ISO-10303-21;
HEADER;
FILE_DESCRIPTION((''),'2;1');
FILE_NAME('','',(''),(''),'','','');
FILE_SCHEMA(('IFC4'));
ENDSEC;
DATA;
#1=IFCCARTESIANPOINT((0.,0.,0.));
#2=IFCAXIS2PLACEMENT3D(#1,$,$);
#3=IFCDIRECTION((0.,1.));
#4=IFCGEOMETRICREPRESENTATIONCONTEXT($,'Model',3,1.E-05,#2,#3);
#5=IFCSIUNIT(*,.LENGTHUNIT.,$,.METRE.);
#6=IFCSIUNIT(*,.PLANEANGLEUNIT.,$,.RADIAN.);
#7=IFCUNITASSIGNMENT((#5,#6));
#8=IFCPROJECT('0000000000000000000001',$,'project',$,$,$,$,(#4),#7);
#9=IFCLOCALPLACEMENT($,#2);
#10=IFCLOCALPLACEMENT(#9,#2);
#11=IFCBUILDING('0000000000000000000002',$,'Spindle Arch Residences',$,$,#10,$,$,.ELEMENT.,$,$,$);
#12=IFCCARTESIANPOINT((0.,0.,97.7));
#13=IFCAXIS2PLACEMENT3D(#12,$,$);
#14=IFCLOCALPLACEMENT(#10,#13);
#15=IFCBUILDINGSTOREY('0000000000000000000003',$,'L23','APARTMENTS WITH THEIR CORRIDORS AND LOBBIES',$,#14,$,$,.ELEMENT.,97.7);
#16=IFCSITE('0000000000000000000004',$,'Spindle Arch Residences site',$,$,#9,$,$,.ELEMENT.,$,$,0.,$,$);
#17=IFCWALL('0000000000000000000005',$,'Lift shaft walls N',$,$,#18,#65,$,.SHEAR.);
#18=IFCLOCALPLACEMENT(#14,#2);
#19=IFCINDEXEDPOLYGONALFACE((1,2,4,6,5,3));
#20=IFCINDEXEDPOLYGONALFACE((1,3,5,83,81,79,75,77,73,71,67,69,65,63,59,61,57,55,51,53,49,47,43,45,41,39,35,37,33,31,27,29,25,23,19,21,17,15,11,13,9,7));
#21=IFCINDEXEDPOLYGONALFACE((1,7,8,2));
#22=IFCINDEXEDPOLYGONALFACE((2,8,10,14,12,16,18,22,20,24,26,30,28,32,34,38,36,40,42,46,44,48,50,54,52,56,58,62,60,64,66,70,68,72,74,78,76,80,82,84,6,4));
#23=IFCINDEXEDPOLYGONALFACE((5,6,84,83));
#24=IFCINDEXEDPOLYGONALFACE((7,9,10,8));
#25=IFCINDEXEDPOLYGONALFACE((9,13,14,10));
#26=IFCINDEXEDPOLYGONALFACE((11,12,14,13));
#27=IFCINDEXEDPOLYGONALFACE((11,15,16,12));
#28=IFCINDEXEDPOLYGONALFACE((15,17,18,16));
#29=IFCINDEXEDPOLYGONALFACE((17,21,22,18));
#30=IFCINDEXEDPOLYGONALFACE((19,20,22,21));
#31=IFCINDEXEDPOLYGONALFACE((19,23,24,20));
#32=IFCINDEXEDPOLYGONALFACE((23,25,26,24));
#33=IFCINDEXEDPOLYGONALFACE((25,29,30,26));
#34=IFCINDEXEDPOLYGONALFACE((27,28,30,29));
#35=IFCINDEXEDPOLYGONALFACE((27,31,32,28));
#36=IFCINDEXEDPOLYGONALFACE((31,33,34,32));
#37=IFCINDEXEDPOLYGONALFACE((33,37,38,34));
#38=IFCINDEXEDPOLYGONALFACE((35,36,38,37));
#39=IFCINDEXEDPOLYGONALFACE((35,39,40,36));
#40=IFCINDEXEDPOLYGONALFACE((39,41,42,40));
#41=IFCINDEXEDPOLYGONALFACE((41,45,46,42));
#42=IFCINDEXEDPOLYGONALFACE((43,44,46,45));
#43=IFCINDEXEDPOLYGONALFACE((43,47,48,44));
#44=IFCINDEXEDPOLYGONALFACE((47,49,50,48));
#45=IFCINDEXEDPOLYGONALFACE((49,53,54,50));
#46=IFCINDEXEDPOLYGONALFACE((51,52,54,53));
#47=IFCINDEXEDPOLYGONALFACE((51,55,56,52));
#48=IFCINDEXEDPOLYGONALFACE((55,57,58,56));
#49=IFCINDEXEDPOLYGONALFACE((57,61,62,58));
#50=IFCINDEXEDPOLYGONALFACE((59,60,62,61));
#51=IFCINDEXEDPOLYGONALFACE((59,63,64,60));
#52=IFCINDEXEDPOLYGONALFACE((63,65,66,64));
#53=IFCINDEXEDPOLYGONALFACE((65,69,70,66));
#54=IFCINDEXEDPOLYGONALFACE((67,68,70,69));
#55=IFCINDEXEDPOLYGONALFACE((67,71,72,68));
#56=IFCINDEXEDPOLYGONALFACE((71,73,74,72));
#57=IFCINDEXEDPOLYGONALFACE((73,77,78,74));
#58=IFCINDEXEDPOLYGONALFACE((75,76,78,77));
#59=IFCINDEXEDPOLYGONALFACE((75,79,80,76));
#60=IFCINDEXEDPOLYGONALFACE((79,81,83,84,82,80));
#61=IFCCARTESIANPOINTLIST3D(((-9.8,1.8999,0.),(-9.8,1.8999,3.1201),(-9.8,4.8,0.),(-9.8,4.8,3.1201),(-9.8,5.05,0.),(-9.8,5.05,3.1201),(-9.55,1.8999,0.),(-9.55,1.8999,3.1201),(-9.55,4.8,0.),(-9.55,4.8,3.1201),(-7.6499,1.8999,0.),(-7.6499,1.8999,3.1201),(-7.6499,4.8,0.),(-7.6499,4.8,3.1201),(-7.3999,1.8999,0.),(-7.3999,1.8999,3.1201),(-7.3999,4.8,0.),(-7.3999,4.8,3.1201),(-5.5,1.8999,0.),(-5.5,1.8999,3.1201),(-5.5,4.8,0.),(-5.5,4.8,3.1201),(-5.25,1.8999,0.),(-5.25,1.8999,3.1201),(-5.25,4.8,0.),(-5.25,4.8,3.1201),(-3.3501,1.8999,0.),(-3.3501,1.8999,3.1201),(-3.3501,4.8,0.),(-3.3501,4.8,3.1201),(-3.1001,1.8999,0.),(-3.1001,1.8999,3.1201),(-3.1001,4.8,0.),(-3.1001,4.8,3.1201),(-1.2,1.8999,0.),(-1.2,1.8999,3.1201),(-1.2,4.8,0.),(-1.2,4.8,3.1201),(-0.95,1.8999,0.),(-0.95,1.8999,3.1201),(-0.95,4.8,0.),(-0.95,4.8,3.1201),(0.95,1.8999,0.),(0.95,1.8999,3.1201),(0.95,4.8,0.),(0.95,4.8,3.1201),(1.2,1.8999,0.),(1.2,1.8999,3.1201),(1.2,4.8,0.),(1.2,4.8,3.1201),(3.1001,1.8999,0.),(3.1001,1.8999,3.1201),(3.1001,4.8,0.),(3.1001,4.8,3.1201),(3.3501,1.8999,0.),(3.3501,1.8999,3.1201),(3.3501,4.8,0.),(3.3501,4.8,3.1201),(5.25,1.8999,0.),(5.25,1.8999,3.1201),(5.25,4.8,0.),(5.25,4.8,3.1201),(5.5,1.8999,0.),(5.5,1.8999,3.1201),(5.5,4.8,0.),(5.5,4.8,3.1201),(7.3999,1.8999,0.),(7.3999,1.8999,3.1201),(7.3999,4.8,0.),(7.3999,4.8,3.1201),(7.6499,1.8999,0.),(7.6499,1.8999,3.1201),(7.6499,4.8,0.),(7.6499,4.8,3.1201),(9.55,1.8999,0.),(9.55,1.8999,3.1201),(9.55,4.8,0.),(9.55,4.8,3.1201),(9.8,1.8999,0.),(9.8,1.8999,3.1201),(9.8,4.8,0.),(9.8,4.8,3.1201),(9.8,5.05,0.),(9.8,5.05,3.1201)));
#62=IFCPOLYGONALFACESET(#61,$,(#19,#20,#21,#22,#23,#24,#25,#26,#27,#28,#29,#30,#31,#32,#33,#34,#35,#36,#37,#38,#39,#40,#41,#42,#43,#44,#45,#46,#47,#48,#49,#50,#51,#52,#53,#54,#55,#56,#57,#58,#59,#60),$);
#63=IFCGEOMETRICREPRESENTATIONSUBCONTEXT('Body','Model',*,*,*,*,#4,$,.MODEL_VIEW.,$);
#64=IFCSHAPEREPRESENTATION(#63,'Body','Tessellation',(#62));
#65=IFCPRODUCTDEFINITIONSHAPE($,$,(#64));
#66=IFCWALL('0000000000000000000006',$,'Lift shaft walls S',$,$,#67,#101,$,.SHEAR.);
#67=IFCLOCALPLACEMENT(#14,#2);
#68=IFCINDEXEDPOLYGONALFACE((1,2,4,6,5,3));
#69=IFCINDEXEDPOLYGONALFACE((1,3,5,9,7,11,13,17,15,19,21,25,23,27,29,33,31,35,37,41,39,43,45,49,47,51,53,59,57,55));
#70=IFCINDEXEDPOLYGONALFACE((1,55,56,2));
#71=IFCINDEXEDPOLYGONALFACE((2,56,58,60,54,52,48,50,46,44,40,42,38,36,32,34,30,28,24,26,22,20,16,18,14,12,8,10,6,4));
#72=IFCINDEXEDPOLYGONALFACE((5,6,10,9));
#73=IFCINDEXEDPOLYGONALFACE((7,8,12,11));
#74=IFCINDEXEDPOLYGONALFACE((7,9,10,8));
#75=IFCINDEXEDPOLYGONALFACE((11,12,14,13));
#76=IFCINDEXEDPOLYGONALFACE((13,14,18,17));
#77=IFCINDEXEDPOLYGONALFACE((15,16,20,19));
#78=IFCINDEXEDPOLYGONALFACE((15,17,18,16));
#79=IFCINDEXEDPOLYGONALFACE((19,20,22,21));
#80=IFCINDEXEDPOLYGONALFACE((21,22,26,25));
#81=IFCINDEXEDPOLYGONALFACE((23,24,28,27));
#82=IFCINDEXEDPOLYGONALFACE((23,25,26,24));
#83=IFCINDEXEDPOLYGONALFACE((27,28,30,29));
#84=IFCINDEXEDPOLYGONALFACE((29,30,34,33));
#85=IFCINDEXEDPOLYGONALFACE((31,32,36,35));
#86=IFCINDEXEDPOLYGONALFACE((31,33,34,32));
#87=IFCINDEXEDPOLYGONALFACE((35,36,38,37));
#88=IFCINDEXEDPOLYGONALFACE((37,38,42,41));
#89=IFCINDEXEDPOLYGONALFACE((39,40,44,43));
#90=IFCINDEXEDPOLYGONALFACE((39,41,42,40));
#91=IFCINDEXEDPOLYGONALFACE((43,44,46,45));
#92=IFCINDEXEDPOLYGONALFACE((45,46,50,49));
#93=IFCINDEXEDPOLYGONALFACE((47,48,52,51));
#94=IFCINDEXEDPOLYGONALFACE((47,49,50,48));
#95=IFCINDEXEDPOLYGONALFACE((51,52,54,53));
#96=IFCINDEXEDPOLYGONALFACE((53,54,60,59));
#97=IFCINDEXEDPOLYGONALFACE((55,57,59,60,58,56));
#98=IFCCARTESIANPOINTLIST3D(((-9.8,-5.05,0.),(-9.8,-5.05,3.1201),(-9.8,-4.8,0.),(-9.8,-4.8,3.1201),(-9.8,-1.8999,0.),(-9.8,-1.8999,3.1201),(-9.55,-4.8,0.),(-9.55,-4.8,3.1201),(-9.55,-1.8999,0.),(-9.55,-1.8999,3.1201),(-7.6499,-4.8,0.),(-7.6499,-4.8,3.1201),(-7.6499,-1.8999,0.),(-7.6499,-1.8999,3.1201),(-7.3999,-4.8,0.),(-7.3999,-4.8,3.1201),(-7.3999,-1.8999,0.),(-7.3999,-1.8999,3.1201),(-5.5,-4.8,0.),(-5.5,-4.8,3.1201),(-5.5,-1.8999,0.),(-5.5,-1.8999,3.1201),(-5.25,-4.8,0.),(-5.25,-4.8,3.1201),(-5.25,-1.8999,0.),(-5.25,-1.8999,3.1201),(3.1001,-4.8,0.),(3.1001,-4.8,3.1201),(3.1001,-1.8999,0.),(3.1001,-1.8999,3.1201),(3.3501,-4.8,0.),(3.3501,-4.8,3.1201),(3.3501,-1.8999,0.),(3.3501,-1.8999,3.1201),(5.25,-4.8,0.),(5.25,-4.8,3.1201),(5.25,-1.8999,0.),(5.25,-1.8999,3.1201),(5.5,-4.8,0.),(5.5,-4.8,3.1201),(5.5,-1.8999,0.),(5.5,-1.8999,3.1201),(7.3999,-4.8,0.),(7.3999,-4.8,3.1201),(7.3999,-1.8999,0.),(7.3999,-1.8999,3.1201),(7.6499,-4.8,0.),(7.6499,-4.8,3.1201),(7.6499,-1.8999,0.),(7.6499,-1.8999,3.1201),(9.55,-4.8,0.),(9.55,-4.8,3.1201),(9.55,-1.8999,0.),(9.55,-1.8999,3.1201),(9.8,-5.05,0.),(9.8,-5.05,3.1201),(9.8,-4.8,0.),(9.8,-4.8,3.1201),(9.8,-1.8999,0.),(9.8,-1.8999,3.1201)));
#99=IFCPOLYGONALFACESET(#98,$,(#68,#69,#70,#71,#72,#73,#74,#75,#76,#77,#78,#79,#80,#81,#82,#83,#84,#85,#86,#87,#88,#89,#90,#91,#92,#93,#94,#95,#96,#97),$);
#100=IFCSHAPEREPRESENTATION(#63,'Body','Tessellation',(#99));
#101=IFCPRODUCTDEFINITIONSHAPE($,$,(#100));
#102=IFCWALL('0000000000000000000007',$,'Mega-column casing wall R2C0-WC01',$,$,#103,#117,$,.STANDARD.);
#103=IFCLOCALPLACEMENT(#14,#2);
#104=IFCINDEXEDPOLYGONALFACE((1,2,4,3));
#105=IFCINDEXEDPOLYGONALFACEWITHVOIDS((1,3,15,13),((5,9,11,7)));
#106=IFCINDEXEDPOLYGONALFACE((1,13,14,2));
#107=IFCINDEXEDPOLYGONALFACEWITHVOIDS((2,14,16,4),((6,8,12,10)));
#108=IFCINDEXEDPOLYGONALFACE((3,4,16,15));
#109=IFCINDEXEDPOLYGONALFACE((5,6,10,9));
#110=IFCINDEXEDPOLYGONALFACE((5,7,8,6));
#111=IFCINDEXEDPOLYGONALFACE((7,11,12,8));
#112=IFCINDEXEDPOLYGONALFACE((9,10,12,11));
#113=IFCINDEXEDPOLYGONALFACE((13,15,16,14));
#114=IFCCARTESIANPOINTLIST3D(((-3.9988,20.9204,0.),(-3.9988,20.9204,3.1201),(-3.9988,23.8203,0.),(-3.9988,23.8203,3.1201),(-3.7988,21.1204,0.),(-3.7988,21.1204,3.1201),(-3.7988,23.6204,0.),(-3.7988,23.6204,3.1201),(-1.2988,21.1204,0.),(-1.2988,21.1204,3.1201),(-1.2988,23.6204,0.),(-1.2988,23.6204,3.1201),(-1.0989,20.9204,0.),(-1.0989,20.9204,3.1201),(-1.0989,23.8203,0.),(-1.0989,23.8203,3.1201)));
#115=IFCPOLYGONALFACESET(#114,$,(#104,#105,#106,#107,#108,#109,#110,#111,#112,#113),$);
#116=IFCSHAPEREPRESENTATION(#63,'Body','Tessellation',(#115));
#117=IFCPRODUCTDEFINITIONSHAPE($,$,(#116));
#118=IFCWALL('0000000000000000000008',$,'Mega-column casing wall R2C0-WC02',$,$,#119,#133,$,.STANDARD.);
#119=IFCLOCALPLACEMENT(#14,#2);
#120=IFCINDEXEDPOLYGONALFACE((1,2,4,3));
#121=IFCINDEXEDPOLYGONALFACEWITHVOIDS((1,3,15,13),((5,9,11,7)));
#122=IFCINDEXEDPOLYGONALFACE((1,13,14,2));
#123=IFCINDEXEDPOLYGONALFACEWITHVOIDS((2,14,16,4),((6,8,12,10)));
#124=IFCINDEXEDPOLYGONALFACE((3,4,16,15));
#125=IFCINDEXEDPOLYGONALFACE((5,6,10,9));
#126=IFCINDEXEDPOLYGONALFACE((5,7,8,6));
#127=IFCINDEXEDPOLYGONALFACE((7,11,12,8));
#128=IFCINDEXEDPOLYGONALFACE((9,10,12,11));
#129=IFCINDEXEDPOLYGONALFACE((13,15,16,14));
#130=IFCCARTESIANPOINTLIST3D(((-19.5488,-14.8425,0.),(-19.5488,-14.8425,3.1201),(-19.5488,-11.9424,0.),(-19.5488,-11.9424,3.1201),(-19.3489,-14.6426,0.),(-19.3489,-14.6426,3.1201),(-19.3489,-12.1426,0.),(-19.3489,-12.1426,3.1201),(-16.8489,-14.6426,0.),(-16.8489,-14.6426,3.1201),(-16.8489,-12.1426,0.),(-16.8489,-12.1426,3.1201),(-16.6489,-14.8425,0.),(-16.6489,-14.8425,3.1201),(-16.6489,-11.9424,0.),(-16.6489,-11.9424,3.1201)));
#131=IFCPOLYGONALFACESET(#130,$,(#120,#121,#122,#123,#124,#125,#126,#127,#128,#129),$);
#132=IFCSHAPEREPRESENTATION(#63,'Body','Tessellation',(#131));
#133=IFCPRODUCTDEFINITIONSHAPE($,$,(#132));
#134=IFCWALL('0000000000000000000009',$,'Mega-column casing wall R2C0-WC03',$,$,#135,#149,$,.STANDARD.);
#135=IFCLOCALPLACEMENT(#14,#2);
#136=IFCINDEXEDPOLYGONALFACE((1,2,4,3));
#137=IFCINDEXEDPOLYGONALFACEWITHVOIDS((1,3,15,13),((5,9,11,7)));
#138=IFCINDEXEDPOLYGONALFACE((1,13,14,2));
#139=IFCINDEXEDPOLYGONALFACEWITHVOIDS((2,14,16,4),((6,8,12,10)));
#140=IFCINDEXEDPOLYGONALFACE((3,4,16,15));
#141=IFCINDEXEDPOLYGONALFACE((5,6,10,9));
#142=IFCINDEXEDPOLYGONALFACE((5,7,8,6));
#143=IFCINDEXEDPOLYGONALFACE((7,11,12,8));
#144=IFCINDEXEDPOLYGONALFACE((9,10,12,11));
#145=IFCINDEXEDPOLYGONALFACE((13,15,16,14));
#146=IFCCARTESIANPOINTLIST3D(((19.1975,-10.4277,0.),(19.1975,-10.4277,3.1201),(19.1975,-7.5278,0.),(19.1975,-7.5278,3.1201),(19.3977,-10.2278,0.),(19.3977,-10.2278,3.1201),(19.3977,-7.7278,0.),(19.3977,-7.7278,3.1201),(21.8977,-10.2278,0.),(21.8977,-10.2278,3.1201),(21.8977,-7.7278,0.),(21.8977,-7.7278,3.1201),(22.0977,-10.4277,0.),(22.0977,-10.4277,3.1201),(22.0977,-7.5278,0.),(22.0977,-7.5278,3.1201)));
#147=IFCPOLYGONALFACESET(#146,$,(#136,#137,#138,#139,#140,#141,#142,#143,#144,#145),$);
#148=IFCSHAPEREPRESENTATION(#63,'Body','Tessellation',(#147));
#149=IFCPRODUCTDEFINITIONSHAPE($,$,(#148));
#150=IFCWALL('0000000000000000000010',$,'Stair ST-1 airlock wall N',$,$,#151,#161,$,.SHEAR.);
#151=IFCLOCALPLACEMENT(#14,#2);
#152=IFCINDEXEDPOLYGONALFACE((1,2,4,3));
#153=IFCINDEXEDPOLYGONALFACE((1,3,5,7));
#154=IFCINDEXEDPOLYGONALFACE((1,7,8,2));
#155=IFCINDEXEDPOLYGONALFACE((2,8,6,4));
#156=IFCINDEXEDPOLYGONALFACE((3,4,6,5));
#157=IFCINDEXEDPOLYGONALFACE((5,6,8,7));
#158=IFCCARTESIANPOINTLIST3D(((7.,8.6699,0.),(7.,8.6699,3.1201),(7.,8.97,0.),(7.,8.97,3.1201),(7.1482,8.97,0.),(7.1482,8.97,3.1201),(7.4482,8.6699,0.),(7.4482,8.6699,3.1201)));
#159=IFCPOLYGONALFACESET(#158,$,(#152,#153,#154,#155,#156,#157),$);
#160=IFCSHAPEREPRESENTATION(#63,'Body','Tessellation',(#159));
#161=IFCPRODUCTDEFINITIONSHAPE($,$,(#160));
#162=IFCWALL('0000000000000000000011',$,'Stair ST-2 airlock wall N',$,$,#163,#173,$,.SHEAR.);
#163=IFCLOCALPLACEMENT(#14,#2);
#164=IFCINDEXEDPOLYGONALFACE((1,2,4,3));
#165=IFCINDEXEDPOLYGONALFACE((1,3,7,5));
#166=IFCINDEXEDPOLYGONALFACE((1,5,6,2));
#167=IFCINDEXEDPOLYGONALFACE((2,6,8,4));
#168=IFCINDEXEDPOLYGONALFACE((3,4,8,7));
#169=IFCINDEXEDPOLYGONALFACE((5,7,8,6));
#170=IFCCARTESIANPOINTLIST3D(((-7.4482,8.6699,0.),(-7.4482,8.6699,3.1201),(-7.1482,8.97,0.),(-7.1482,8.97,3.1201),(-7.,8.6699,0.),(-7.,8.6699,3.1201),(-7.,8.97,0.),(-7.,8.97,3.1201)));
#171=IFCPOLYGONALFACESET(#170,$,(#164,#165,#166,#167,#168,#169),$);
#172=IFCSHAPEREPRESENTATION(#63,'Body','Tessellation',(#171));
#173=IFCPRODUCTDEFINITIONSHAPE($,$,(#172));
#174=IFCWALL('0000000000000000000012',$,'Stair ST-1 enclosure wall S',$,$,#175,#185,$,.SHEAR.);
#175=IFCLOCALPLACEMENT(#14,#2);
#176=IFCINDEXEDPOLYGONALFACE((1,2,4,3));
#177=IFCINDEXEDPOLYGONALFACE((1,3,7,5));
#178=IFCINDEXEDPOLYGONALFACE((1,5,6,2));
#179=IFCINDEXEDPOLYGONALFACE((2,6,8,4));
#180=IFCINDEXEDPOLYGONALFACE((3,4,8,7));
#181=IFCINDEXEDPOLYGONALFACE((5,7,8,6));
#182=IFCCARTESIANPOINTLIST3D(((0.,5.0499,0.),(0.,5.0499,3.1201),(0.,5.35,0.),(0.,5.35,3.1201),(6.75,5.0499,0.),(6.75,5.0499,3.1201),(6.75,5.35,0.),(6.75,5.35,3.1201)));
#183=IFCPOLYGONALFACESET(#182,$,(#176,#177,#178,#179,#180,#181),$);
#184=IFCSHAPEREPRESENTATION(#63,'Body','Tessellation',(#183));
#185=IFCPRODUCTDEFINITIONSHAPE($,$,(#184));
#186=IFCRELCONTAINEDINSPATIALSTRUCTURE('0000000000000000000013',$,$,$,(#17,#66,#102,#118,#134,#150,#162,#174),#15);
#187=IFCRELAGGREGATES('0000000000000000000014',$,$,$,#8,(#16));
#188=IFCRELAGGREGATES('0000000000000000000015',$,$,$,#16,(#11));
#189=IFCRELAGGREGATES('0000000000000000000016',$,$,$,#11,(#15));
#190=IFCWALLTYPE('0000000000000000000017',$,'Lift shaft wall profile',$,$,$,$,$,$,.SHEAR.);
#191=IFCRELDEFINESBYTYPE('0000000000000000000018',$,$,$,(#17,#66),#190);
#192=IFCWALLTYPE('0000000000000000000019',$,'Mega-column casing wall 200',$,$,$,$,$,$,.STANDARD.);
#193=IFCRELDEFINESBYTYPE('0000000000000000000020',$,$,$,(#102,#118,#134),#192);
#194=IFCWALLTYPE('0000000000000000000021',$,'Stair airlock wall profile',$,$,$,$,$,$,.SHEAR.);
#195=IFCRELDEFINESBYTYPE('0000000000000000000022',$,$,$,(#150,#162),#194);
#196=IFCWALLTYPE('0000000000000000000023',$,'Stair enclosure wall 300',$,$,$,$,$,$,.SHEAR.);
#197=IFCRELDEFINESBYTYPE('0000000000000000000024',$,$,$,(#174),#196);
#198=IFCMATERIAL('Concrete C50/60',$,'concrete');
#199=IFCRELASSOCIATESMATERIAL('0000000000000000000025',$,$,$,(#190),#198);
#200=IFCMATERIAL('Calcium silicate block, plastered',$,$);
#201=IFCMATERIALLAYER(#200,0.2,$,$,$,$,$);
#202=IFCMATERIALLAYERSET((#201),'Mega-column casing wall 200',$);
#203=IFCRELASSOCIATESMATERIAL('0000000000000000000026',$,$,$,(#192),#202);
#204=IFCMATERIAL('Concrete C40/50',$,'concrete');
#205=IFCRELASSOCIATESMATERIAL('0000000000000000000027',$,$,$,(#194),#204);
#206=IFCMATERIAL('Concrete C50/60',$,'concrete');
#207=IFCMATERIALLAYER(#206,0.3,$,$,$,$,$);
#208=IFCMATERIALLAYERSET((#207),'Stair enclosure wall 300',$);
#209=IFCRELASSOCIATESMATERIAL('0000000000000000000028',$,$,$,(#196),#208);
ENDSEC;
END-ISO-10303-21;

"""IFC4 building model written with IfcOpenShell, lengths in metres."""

from ifc_helpers import new_model, si_unit, direction, frame, frame_2d, origin, place, context, subcontext, project, spatial, polyline, rectangle, outline, extrude, material, layer, layer_set, type_object, element, save


model = new_model("IFC4")

# Units and contexts
model_context = context("Model", 3, precision=1e-05, world=origin(), true_north=direction((0.0, 1.0)))
body_context = subcontext(model_context, "Body", "Model", "MODEL_VIEW")
ifc_project = project(units=[si_unit("LENGTHUNIT", "METRE"), si_unit("PLANEANGLEUNIT", "RADIAN")], contexts=[model_context])

# Site, building, storey
site_placement = place(None, origin())
site = spatial("IfcSite", under=ifc_project, at=site_placement, Name="Spindle Arch Residences site", CompositionType="ELEMENT", RefElevation=0.0)
building_placement = place(site_placement, origin())
building = spatial("IfcBuilding", under=site, at=building_placement, Name="Spindle Arch Residences", CompositionType="ELEMENT")
storey_placement = place(building_placement, frame((0.0, 0.0, 97.7)))
storey = spatial("IfcBuildingStorey", under=building, at=storey_placement, Name="L23", Description="APARTMENTS WITH THEIR CORRIDORS AND LOBBIES", CompositionType="ELEMENT", Elevation=97.7)

# Walls
ifc_material_1 = material(Name="Concrete C50/60", Category="concrete")
wall_type_1 = type_object("IfcWallType", Name="Lift shaft wall profile", PredefinedType="SHEAR", material=ifc_material_1)
wall_1_placement = place(storey_placement, origin())
element("IfcWall", 1, at=wall_1_placement, inside=storey, type_object=wall_type_1, Name="Lift shaft walls N", PredefinedType="SHEAR", context=body_context, shape_type="SweptSolid", body=[
    extrude(outline(polyline([(-9.55, 4.8), (-7.6499, 4.8), (-7.6499, 1.8999), (-7.3999, 1.8999), (-7.3999, 4.8), (-5.5, 4.8), (-5.5, 1.8999), (-5.25, 1.8999), (-5.25, 4.8), (-3.3501, 4.8), (-3.3501, 1.8999), (-3.1001, 1.8999), (-3.1001, 4.8), (-1.2, 4.8), (-1.2, 1.8999), (-0.95, 1.8999), (-0.95, 4.8), (0.95, 4.8), (0.95, 1.8999), (1.2, 1.8999), (1.2, 4.8), (3.1001, 4.8), (3.1001, 1.8999), (3.3501, 1.8999), (3.3501, 4.8), (5.25, 4.8), (5.25, 1.8999), (5.5, 1.8999), (5.5, 4.8), (7.3999, 4.8), (7.3999, 1.8999), (7.6499, 1.8999), (7.6499, 4.8), (9.55, 4.8), (9.55, 1.8999), (9.8, 1.8999), (9.8, 4.8), (9.8, 5.05), (-9.8, 5.05), (-9.8, 4.8), (-9.8, 1.8999), (-9.55, 1.8999), (-9.55, 4.8)])), origin(), (0.0, 0.0, 1.0), 3.1201),
])
wall_2_placement = place(storey_placement, origin())
element("IfcWall", 2, at=wall_2_placement, inside=storey, type_object=wall_type_1, Name="Lift shaft walls S", PredefinedType="SHEAR", context=body_context, shape_type="SweptSolid", body=[
    extrude(outline(polyline([(9.8, -5.05), (9.8, -4.8), (9.8, -1.8999), (9.55, -1.8999), (9.55, -4.8), (7.6499, -4.8), (7.6499, -1.8999), (7.3999, -1.8999), (7.3999, -4.8), (5.5, -4.8), (5.5, -1.8999), (5.25, -1.8999), (5.25, -4.8), (3.3501, -4.8), (3.3501, -1.8999), (3.1001, -1.8999), (3.1001, -4.8), (-5.25, -4.8), (-5.25, -1.8999), (-5.5, -1.8999), (-5.5, -4.8), (-7.3999, -4.8), (-7.3999, -1.8999), (-7.6499, -1.8999), (-7.6499, -4.8), (-9.55, -4.8), (-9.55, -1.8999), (-9.8, -1.8999), (-9.8, -4.8), (-9.8, -5.05), (9.8, -5.05)])), origin(), (0.0, 0.0, 1.0), 3.1201),
])
ifc_material_2 = material(Name="Calcium silicate block, plastered")
ifc_layer_1 = layer(ifc_material_2, 0.2)
ifc_layer_set_1 = layer_set([ifc_layer_1], Name="Mega-column casing wall 200")
wall_type_2 = type_object("IfcWallType", Name="Mega-column casing wall 200", PredefinedType="STANDARD", material=ifc_layer_set_1)
wall_3_placement = place(storey_placement, origin())
element("IfcWall", 3, at=wall_3_placement, inside=storey, type_object=wall_type_2, Name="Mega-column casing wall R2C0-WC01", PredefinedType="STANDARD", context=body_context, shape_type="SweptSolid", body=[
    extrude(outline(polyline([(-1.0989, 23.8203), (-1.0989, 20.9204), (-3.9988, 20.9204), (-3.9988, 23.8203), (-1.0989, 23.8203)]), holes=[polyline([(-3.7988, 21.1204), (-1.2988, 21.1204), (-1.2988, 23.6204), (-3.7988, 23.6204), (-3.7988, 21.1204)])]), origin(), (0.0, 0.0, 1.0), 3.1201),
])
wall_4_placement = place(storey_placement, origin())
element("IfcWall", 4, at=wall_4_placement, inside=storey, type_object=wall_type_2, Name="Mega-column casing wall R2C0-WC02", PredefinedType="STANDARD", context=body_context, shape_type="SweptSolid", body=[
    extrude(outline(polyline([(-16.6489, -11.9424), (-16.6489, -14.8425), (-19.5488, -14.8425), (-19.5488, -11.9424), (-16.6489, -11.9424)]), holes=[polyline([(-19.3489, -14.6426), (-16.8489, -14.6426), (-16.8489, -12.1426), (-19.3489, -12.1426), (-19.3489, -14.6426)])]), origin(), (0.0, 0.0, 1.0), 3.1201),
])
wall_5_placement = place(storey_placement, origin())
element("IfcWall", 5, at=wall_5_placement, inside=storey, type_object=wall_type_2, Name="Mega-column casing wall R2C0-WC03", PredefinedType="STANDARD", context=body_context, shape_type="SweptSolid", body=[
    extrude(outline(polyline([(22.0977, -7.5278), (22.0977, -10.4277), (19.1975, -10.4277), (19.1975, -7.5278), (22.0977, -7.5278)]), holes=[polyline([(19.3977, -10.2278), (21.8977, -10.2278), (21.8977, -7.7278), (19.3977, -7.7278), (19.3977, -10.2278)])]), origin(), (0.0, 0.0, 1.0), 3.1201),
])
ifc_material_3 = material(Name="Concrete C40/50", Category="concrete")
wall_type_3 = type_object("IfcWallType", Name="Stair airlock wall profile", PredefinedType="SHEAR", material=ifc_material_3)
wall_6_placement = place(storey_placement, origin())
element("IfcWall", 6, at=wall_6_placement, inside=storey, type_object=wall_type_3, Name="Stair ST-1 airlock wall N", PredefinedType="SHEAR", context=body_context, shape_type="SweptSolid", body=[
    extrude(outline(polyline([(7.4482, 8.6699), (7.0, 8.6699), (7.0, 8.97), (7.1482, 8.97), (7.4482, 8.6699)])), origin(), (0.0, 0.0, 1.0), 3.1201),
])
wall_7_placement = place(storey_placement, origin())
element("IfcWall", 7, at=wall_7_placement, inside=storey, type_object=wall_type_3, Name="Stair ST-2 airlock wall N", PredefinedType="SHEAR", context=body_context, shape_type="SweptSolid", body=[
    extrude(outline(polyline([(-7.1482, 8.97), (-7.0, 8.97), (-7.0, 8.6699), (-7.4482, 8.6699), (-7.1482, 8.97)])), origin(), (0.0, 0.0, 1.0), 3.1201),
])
ifc_material_4 = material(Name="Concrete C50/60", Category="concrete")
ifc_layer_2 = layer(ifc_material_4, 0.3)
ifc_layer_set_2 = layer_set([ifc_layer_2], Name="Stair enclosure wall 300")
wall_type_4 = type_object("IfcWallType", Name="Stair enclosure wall 300", PredefinedType="SHEAR", material=ifc_layer_set_2)
for number, where, z_axis, x_axis, name in (
    (8, (0.0, 5.2, 0.0), (0.0, 0.0, 1.0), (1.0, 0.0, 0.0), "Stair ST-1 enclosure wall S"),
):
    element("IfcWall", number, at=place(storey_placement, frame(where, z_axis=z_axis, x_axis=x_axis)), inside=storey, type_object=wall_type_4, Name=name, PredefinedType="SHEAR", context=body_context, shape_type="SweptSolid", body=[
        extrude(rectangle(XDim=6.75, YDim=0.3, at=frame_2d((3.375, 0.0))), origin(), (0.0, 0.0, 1.0), 3.1201),
    ])

save(model, "model.ifc")
